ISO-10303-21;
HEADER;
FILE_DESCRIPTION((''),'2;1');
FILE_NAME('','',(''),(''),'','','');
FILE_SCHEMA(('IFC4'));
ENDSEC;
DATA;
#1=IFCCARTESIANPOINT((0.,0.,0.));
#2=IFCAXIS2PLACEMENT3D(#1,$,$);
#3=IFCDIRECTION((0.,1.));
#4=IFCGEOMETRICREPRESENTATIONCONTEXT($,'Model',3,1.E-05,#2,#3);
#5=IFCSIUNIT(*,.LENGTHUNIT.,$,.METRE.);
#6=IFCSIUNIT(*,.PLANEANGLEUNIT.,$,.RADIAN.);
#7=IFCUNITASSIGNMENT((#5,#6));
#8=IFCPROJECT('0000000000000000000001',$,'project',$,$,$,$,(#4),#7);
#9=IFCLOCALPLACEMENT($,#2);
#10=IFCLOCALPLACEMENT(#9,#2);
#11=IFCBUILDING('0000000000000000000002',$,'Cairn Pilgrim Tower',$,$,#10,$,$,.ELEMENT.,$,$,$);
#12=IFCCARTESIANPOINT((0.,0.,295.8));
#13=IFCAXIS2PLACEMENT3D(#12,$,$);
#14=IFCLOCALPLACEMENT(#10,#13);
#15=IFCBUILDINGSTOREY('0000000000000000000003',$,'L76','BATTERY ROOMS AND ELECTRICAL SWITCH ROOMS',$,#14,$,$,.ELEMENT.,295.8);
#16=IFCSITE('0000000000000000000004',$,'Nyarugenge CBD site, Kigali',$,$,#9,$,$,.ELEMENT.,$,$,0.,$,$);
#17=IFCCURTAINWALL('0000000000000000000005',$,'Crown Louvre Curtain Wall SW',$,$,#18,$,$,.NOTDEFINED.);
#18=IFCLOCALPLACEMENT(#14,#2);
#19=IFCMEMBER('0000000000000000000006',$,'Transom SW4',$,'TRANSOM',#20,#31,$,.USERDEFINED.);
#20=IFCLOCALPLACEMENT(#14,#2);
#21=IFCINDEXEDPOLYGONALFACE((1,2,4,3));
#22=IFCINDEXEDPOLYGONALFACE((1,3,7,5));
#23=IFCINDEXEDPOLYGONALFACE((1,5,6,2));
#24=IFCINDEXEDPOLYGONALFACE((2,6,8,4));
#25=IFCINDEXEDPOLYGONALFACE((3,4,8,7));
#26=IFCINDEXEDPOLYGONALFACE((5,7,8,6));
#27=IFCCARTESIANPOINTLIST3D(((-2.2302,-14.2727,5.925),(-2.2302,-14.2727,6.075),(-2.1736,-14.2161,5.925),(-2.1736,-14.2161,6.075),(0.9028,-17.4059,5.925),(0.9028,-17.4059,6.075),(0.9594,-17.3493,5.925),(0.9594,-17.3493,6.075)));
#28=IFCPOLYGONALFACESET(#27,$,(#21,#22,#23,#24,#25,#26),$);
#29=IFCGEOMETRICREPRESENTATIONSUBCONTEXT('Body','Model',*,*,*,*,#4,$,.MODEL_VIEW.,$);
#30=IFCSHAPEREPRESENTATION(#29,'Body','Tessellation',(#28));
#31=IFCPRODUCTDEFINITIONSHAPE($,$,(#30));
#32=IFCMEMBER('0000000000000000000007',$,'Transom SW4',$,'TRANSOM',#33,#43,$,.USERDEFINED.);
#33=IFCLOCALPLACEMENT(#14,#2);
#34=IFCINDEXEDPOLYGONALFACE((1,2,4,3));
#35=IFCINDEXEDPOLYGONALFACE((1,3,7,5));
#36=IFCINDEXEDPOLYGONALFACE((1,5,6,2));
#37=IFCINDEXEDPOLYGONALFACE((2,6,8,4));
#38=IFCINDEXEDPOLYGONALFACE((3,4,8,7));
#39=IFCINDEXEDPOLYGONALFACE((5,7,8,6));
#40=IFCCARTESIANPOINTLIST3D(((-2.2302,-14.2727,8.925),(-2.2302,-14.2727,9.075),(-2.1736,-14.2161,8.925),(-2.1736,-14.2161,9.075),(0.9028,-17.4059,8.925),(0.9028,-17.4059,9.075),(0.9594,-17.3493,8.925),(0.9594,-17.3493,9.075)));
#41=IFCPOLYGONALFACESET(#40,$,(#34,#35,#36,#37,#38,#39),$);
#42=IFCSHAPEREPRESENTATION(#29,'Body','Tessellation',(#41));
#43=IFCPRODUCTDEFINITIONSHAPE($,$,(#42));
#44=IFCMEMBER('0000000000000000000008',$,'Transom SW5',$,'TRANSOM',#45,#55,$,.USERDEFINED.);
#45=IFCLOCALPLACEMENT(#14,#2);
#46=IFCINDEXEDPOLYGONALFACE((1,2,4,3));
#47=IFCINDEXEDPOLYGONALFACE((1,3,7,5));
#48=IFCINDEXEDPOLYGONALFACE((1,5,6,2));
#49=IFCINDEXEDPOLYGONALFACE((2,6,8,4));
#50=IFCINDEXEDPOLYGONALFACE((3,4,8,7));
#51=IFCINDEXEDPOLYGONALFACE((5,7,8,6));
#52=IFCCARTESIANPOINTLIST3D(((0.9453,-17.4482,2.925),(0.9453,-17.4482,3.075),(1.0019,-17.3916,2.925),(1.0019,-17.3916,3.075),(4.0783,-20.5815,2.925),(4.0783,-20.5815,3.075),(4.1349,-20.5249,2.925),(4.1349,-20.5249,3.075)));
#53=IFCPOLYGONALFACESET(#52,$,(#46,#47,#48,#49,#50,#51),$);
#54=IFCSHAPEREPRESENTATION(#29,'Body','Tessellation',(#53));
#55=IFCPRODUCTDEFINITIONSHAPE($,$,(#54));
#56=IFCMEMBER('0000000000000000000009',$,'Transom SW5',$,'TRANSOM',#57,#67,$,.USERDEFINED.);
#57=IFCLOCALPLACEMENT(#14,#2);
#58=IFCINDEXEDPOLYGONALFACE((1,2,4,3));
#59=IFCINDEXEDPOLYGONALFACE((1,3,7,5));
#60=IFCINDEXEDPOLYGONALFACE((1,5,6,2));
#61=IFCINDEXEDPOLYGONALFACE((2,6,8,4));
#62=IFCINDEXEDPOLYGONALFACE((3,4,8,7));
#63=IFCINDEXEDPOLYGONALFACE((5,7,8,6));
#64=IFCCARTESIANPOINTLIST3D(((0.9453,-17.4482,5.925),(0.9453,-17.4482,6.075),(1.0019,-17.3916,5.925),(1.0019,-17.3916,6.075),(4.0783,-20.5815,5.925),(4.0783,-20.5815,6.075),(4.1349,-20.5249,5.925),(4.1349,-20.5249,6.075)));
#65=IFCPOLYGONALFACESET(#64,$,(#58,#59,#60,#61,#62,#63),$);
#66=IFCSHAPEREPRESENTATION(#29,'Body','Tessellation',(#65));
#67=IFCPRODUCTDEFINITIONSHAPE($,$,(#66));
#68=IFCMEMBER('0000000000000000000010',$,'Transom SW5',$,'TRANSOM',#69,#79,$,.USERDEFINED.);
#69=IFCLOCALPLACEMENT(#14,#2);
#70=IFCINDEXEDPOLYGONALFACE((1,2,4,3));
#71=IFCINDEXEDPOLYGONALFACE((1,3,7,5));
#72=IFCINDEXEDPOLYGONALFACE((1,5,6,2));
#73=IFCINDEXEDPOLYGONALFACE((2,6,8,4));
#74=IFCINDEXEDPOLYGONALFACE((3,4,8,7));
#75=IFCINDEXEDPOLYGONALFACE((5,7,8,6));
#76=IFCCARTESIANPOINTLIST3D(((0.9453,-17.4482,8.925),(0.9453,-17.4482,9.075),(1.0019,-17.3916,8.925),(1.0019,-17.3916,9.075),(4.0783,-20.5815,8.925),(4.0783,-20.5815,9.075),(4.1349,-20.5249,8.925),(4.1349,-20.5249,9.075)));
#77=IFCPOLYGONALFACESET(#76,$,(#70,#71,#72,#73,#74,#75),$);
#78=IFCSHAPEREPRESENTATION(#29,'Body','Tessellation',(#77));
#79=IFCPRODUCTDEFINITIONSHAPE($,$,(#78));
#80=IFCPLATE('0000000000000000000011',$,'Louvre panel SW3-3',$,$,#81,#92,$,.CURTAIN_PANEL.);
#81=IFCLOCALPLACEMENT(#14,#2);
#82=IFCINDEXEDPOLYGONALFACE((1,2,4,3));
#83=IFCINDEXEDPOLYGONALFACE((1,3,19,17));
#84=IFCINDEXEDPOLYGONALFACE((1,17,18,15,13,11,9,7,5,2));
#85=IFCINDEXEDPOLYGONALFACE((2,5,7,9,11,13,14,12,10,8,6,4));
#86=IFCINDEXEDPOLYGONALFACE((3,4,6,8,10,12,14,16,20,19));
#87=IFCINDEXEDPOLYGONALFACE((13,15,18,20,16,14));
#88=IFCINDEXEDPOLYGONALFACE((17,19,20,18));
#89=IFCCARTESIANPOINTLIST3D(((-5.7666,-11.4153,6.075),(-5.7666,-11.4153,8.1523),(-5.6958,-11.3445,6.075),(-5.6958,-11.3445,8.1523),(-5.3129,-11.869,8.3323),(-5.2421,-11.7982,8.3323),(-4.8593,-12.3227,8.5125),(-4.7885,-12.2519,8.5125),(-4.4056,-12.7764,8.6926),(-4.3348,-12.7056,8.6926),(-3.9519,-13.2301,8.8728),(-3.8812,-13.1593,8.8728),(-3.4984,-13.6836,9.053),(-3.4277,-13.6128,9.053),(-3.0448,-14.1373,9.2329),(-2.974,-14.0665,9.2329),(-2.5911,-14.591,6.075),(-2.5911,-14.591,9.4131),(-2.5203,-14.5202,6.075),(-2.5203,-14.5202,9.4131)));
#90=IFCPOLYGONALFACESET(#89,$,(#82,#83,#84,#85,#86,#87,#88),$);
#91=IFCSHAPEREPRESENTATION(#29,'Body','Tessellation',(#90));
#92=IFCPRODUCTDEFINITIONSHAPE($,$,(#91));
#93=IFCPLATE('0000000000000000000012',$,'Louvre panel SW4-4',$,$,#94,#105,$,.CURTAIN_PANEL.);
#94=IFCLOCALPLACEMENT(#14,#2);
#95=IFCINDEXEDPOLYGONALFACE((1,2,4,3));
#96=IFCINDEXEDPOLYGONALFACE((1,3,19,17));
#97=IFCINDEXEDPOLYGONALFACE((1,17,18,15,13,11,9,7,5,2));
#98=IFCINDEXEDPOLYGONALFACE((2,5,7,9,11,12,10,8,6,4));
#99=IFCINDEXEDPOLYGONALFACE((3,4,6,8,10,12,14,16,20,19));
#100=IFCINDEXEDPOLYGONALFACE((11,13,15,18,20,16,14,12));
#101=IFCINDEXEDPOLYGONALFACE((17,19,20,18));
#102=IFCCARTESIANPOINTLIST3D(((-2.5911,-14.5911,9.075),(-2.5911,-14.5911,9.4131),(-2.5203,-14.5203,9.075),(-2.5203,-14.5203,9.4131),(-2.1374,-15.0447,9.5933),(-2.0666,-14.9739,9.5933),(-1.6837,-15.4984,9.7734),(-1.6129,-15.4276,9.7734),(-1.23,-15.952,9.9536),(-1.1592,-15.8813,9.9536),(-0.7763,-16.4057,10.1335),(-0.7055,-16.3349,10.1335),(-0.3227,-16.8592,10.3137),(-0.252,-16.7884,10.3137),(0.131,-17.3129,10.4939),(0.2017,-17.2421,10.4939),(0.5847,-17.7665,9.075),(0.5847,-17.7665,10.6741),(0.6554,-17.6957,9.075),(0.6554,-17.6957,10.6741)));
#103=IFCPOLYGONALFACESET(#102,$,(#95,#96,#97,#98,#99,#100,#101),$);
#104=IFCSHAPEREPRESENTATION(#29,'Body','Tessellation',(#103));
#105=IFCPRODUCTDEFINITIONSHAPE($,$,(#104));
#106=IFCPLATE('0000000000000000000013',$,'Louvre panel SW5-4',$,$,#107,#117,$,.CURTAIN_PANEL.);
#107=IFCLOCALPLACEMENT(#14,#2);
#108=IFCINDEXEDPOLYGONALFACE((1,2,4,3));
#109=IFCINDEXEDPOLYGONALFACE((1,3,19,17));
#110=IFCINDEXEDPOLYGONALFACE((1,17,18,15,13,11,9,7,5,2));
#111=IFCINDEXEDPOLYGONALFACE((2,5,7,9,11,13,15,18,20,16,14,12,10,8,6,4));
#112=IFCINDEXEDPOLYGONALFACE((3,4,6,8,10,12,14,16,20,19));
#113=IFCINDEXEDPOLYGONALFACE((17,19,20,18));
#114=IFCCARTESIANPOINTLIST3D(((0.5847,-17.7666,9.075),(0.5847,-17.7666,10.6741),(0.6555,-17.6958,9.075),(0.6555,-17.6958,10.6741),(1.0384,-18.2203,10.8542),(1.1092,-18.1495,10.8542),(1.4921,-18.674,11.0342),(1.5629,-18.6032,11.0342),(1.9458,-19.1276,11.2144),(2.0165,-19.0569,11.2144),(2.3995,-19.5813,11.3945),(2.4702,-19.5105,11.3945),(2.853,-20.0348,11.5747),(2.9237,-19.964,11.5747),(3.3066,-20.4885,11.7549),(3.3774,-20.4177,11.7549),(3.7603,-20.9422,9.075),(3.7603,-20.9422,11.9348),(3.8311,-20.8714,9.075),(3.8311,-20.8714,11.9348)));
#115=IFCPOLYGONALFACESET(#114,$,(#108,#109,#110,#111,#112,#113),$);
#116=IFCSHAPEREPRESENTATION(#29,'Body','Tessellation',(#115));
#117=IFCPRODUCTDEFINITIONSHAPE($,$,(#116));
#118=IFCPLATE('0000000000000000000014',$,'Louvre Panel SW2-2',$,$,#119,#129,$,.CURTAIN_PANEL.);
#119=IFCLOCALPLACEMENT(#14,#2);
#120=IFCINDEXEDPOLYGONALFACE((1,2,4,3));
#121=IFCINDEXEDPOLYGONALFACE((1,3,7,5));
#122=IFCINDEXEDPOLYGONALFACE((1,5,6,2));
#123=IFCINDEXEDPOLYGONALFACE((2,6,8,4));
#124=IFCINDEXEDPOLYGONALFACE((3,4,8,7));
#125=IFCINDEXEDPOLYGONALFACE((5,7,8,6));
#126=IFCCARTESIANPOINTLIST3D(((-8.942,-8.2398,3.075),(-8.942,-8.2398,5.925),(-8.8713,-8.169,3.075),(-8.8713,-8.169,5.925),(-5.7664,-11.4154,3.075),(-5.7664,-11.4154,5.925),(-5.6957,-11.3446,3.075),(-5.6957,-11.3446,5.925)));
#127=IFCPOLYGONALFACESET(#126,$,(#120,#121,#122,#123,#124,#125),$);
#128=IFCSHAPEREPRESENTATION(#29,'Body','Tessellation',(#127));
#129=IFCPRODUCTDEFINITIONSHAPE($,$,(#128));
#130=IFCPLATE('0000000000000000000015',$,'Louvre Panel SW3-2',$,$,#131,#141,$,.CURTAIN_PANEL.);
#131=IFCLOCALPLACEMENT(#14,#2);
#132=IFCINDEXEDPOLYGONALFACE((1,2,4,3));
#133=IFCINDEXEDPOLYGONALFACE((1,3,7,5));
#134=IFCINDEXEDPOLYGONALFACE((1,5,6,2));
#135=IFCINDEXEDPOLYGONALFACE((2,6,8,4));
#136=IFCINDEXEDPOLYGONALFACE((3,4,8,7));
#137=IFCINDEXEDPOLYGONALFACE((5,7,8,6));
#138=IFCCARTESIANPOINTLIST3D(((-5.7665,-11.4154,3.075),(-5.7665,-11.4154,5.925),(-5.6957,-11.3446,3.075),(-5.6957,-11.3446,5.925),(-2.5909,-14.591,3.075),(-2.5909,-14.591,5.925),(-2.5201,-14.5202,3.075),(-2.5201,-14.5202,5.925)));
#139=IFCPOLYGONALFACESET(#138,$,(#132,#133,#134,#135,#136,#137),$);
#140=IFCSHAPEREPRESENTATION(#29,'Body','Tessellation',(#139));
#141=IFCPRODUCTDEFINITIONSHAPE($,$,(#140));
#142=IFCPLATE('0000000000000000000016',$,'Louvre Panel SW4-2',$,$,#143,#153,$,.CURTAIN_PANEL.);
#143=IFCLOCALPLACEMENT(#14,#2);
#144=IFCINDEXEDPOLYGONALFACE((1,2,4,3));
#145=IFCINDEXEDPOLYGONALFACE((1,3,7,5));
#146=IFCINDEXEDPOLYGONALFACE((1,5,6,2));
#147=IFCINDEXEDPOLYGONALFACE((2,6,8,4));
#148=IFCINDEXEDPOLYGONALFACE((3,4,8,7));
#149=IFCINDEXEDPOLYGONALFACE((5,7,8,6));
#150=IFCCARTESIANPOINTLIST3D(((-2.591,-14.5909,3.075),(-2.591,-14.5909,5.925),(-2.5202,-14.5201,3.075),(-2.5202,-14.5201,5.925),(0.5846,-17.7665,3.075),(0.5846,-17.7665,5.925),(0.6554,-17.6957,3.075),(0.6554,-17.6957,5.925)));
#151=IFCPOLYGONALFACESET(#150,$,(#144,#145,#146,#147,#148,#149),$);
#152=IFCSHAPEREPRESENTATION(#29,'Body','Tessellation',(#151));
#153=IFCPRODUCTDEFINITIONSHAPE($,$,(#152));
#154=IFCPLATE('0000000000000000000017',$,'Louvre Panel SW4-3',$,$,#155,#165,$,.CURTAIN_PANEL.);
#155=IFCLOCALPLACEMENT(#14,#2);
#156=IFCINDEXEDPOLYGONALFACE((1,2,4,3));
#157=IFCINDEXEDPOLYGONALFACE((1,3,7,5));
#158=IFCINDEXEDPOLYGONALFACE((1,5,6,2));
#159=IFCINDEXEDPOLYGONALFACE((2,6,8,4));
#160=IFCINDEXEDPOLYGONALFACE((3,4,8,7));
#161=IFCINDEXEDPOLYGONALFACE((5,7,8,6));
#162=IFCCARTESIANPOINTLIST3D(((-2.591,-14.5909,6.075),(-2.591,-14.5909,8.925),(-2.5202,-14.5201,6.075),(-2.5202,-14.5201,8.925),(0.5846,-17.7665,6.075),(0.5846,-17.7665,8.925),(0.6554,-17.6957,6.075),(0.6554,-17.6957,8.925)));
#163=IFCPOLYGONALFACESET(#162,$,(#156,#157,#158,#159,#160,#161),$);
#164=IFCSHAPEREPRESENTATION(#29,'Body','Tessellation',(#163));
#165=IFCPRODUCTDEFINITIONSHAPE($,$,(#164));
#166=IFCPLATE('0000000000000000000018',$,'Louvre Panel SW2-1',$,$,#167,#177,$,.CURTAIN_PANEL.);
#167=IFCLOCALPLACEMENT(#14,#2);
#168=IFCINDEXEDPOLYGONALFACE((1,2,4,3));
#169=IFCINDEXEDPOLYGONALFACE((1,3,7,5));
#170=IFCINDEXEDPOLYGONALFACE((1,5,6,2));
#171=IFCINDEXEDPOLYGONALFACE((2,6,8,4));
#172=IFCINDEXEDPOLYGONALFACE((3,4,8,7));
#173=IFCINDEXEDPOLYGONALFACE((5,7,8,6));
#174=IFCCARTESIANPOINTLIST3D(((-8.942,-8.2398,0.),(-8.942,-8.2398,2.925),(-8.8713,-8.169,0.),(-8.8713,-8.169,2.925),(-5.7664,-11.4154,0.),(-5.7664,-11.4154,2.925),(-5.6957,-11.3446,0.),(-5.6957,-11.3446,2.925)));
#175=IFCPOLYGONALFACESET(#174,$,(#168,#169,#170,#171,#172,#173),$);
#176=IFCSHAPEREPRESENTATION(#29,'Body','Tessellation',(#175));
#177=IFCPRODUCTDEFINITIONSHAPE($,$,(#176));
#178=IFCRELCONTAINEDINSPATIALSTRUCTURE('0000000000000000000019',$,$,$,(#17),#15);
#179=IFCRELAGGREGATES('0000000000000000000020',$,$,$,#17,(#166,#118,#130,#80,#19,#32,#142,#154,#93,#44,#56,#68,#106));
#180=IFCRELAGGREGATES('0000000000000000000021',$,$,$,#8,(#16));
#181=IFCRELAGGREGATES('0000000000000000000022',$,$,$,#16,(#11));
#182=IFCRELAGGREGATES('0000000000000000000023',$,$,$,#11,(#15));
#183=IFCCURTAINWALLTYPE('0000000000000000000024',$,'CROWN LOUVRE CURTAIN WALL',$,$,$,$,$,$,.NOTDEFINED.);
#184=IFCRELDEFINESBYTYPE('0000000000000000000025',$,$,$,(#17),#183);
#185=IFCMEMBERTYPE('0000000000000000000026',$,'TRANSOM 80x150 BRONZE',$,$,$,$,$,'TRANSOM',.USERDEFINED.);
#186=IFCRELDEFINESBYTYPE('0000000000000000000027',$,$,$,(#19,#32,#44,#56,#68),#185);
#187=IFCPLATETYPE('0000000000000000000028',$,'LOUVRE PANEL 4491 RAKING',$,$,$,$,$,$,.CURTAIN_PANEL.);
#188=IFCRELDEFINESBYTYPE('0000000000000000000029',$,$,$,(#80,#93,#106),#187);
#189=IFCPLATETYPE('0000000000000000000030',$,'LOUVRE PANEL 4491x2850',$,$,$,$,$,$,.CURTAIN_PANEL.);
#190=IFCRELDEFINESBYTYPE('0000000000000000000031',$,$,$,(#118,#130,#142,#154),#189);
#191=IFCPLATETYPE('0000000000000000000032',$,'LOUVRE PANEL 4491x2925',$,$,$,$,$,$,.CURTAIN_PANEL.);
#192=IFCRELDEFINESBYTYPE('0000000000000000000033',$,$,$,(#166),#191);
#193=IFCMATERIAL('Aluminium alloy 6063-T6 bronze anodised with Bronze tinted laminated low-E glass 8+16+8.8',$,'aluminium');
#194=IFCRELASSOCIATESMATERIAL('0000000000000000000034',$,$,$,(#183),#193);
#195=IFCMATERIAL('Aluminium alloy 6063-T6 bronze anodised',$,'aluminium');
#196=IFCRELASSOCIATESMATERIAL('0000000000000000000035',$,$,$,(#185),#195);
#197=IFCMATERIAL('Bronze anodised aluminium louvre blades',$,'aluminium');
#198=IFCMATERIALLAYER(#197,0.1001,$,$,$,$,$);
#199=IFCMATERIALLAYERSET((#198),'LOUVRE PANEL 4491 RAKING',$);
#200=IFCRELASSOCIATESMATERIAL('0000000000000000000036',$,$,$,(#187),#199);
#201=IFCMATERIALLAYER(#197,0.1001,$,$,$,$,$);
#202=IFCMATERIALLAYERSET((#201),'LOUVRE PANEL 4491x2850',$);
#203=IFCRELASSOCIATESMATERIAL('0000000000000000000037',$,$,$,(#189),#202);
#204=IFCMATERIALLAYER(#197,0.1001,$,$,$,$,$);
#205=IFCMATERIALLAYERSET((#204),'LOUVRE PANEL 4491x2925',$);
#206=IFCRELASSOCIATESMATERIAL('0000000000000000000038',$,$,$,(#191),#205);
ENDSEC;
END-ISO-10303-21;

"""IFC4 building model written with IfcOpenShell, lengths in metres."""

from ifc_helpers import new_model, si_unit, direction, frame, origin, origin_2d, place, context, subcontext, project, spatial, polyline, rectangle, outline, extrude, material, layer, layer_set, material_profile, profile_set, type_object, element, aggregate, save


model = new_model("IFC4")

# Units and contexts
model_context = context("Model", 3, precision=1e-05, world=origin(), true_north=direction((0.0, 1.0)))
body_context = subcontext(model_context, "Body", "Model", "MODEL_VIEW")
ifc_project = project(units=[si_unit("LENGTHUNIT", "METRE"), si_unit("PLANEANGLEUNIT", "RADIAN")], contexts=[model_context])

# Site, building, storey
site_placement = place(None, origin())
site = spatial("IfcSite", under=ifc_project, at=site_placement, Name="Nyarugenge CBD site, Kigali", CompositionType="ELEMENT", RefElevation=0.0)
building_placement = place(site_placement, origin())
building = spatial("IfcBuilding", under=site, at=building_placement, Name="Cairn Pilgrim Tower", CompositionType="ELEMENT")
storey_placement = place(building_placement, frame((0.0, 0.0, 295.8)))
storey = spatial("IfcBuildingStorey", under=building, at=storey_placement, Name="L76", Description="BATTERY ROOMS AND ELECTRICAL SWITCH ROOMS", CompositionType="ELEMENT", Elevation=295.8)

# Curtain wall
ifc_material_1 = material(Name="Aluminium alloy 6063-T6 bronze anodised with Bronze tinted laminated low-E glass 8+16+8.8", Category="aluminium")
curtain_wall_type = type_object("IfcCurtainWallType", Name="CROWN LOUVRE CURTAIN WALL", PredefinedType="NOTDEFINED", material=ifc_material_1)
curtain_wall_placement = place(storey_placement, origin())
curtain_wall = element("IfcCurtainWall", 1, at=curtain_wall_placement, inside=storey, type_object=curtain_wall_type, Name="Crown Louvre Curtain Wall SW", PredefinedType="NOTDEFINED")
ifc_material_2 = material(Name="Aluminium alloy 6063-T6 bronze anodised", Category="aluminium")

# Members
ifc_material_profile_1 = material_profile(ifc_material_2, rectangle(XDim=0.0801, YDim=0.1499, at=origin_2d()), Name="TRANSOM 80x150 BRONZE")
ifc_profile_set_1 = profile_set([ifc_material_profile_1], Name="Aluminium alloy 6063-T6 bronze anodised")
member_type_1 = type_object("IfcMemberType", Name="TRANSOM 80x150 BRONZE", ElementType="TRANSOM", PredefinedType="USERDEFINED", material=ifc_profile_set_1)
member_1_placement = place(storey_placement, frame((-2.2019, -14.2444, 6.0), z_axis=(0.707079, -0.707134, 0.0), x_axis=(0.707134, 0.707079, 0.0)))
member_1 = element("IfcMember", 2, at=member_1_placement, type_object=member_type_1, Name="Transom SW4", ObjectType="TRANSOM", PredefinedType="USERDEFINED", context=body_context, shape_type="SweptSolid", body=[
    extrude(rectangle(XDim=0.0801, YDim=0.1499, at=origin_2d()), origin(), (0.0, 0.0, 1.0), 4.4309),
])
member_2_placement = place(storey_placement, frame((-2.2019, -14.2444, 9.0), z_axis=(0.707079, -0.707134, 0.0), x_axis=(0.707134, 0.707079, 0.0)))
member_2 = element("IfcMember", 3, at=member_2_placement, type_object=member_type_1, Name="Transom SW4", ObjectType="TRANSOM", PredefinedType="USERDEFINED", context=body_context, shape_type="SweptSolid", body=[
    extrude(rectangle(XDim=0.0801, YDim=0.1499, at=origin_2d()), origin(), (0.0, 0.0, 1.0), 4.4309),
])
member_3_placement = place(storey_placement, frame((0.9736, -17.4199, 3.0), z_axis=(0.707079, -0.707134, 0.0), x_axis=(0.707134, 0.707079, 0.0)))
member_3 = element("IfcMember", 4, at=member_3_placement, type_object=member_type_1, Name="Transom SW5", ObjectType="TRANSOM", PredefinedType="USERDEFINED", context=body_context, shape_type="SweptSolid", body=[
    extrude(rectangle(XDim=0.0801, YDim=0.1499, at=origin_2d()), origin(), (0.0, 0.0, 1.0), 4.4309),
])
member_4_placement = place(storey_placement, frame((0.9736, -17.4199, 6.0), z_axis=(0.707079, -0.707134, 0.0), x_axis=(0.707134, 0.707079, 0.0)))
member_4 = element("IfcMember", 5, at=member_4_placement, type_object=member_type_1, Name="Transom SW5", ObjectType="TRANSOM", PredefinedType="USERDEFINED", context=body_context, shape_type="SweptSolid", body=[
    extrude(rectangle(XDim=0.0801, YDim=0.1499, at=origin_2d()), origin(), (0.0, 0.0, 1.0), 4.4309),
])
member_5_placement = place(storey_placement, frame((0.9736, -17.4199, 9.0), z_axis=(0.707079, -0.707134, 0.0), x_axis=(0.707134, 0.707079, 0.0)))
member_5 = element("IfcMember", 6, at=member_5_placement, type_object=member_type_1, Name="Transom SW5", ObjectType="TRANSOM", PredefinedType="USERDEFINED", context=body_context, shape_type="SweptSolid", body=[
    extrude(rectangle(XDim=0.0801, YDim=0.1499, at=origin_2d()), origin(), (0.0, 0.0, 1.0), 4.4309),
])

# Plates
ifc_material_3 = material(Name="Bronze anodised aluminium louvre blades", Category="aluminium")
ifc_layer_1 = layer(ifc_material_3, 0.1001)
ifc_layer_set_1 = layer_set([ifc_layer_1], Name="LOUVRE PANEL 4491 RAKING")
plate_type_1 = type_object("IfcPlateType", Name="LOUVRE PANEL 4491 RAKING", PredefinedType="CURTAIN_PANEL", material=ifc_layer_set_1)
plate_1_placement = place(storey_placement, frame((-5.7312, -11.3799, 6.075), z_axis=(0.0, 0.0, 1.0), x_axis=(0.70708, -0.707134, 0.0)))
plate_1 = element("IfcPlate", 7, at=plate_1_placement, type_object=plate_type_1, Name="Louvre panel SW3-3", PredefinedType="CURTAIN_PANEL", context=body_context, shape_type="SweptSolid", body=[
    extrude(outline(polyline([(0.0, 0.0), (4.491, 0.0), (4.491, 3.3381), (3.8494, 3.158), (3.2078, 2.978), (2.5664, 2.7979), (1.9248, 2.6177), (1.2832, 2.4375), (0.6416, 2.2573), (0.0, 2.0774), (0.0, 0.0)])), frame((0.0, 0.05, 0.0), z_axis=(0.0, -1.0, 0.0), x_axis=(1.0, 0.0, 0.0)), (0.0, 0.0, 1.0), 0.1001),
])
plate_2_placement = place(storey_placement, frame((-2.5557, -14.5557, 9.075), z_axis=(0.0, 0.0, 1.0), x_axis=(0.707134, -0.70708, 0.0)))
plate_2 = element("IfcPlate", 8, at=plate_2_placement, type_object=plate_type_1, Name="Louvre panel SW4-4", PredefinedType="CURTAIN_PANEL", context=body_context, shape_type="SweptSolid", body=[
    extrude(outline(polyline([(0.0, 0.0), (4.491, 0.0), (4.491, 1.5991), (3.8494, 1.4189), (3.2078, 1.2388), (2.5664, 1.0586), (1.9248, 0.8787), (1.2832, 0.6985), (0.6416, 0.5183), (0.0, 0.3381), (0.0, 0.0)])), frame((0.0, 0.05, 0.0), z_axis=(0.0, -1.0, 0.0), x_axis=(1.0, 0.0, 0.0)), (0.0, 0.0, 1.0), 0.1001),
])
plate_3_placement = place(storey_placement, frame((0.6201, -17.7312, 9.075), z_axis=(0.0, 0.0, 1.0), x_axis=(0.707107, -0.707107, 0.0)))
plate_3 = element("IfcPlate", 9, at=plate_3_placement, type_object=plate_type_1, Name="Louvre panel SW5-4", PredefinedType="CURTAIN_PANEL", context=body_context, shape_type="SweptSolid", body=[
    extrude(outline(polyline([(0.0, 0.0), (4.491, 0.0), (4.491, 2.8599), (3.8494, 2.6799), (3.2078, 2.4998), (2.5664, 2.3196), (1.9248, 2.1394), (1.2832, 1.9592), (0.6416, 1.7793), (0.0, 1.5991), (0.0, 0.0)])), frame((0.0, 0.05, 0.0), z_axis=(0.0, -1.0, 0.0), x_axis=(1.0, 0.0, 0.0)), (0.0, 0.0, 1.0), 0.1001),
])
ifc_layer_2 = layer(ifc_material_3, 0.1001)
ifc_layer_set_2 = layer_set([ifc_layer_2], Name="LOUVRE PANEL 4491x2850")
plate_type_2 = type_object("IfcPlateType", Name="LOUVRE PANEL 4491x2850", PredefinedType="CURTAIN_PANEL", material=ifc_layer_set_2)
plate_4_placement = place(storey_placement, frame((-7.3188, -9.7922, 3.075), z_axis=(0.0, 0.0, 1.0), x_axis=(0.707107, -0.707107, 0.0)))
plate_4 = element("IfcPlate", 10, at=plate_4_placement, type_object=plate_type_2, Name="Louvre Panel SW2-2", PredefinedType="CURTAIN_PANEL", context=body_context, shape_type="SweptSolid", body=[
    extrude(rectangle(XDim=4.491, YDim=0.1001, at=origin_2d()), origin(), (0.0, 0.0, 1.0), 2.8501),
])
plate_5_placement = place(storey_placement, frame((-4.1433, -12.9678, 3.075), z_axis=(0.0, 0.0, 1.0), x_axis=(0.707107, -0.707107, 0.0)))
plate_5 = element("IfcPlate", 11, at=plate_5_placement, type_object=plate_type_2, Name="Louvre Panel SW3-2", PredefinedType="CURTAIN_PANEL", context=body_context, shape_type="SweptSolid", body=[
    extrude(rectangle(XDim=4.491, YDim=0.1001, at=origin_2d()), origin(), (0.0, 0.0, 1.0), 2.8501),
])
plate_6_placement = place(storey_placement, frame((-0.9678, -16.1433, 3.075), z_axis=(0.0, 0.0, 1.0), x_axis=(0.707107, -0.707107, 0.0)))
plate_6 = element("IfcPlate", 12, at=plate_6_placement, type_object=plate_type_2, Name="Louvre Panel SW4-2", PredefinedType="CURTAIN_PANEL", context=body_context, shape_type="SweptSolid", body=[
    extrude(rectangle(XDim=4.491, YDim=0.1001, at=origin_2d()), origin(), (0.0, 0.0, 1.0), 2.8501),
])
plate_7_placement = place(storey_placement, frame((-0.9678, -16.1433, 6.075), z_axis=(0.0, 0.0, 1.0), x_axis=(0.707107, -0.707107, 0.0)))
plate_7 = element("IfcPlate", 13, at=plate_7_placement, type_object=plate_type_2, Name="Louvre Panel SW4-3", PredefinedType="CURTAIN_PANEL", context=body_context, shape_type="SweptSolid", body=[
    extrude(rectangle(XDim=4.491, YDim=0.1001, at=origin_2d()), origin(), (0.0, 0.0, 1.0), 2.8501),
])
ifc_layer_3 = layer(ifc_material_3, 0.1001)
ifc_layer_set_3 = layer_set([ifc_layer_3], Name="LOUVRE PANEL 4491x2925")
plate_type_3 = type_object("IfcPlateType", Name="LOUVRE PANEL 4491x2925", PredefinedType="CURTAIN_PANEL", material=ifc_layer_set_3)
plate_8_placement = place(storey_placement, frame((-7.3188, -9.7922, 0.0), z_axis=(0.0, 0.0, 1.0), x_axis=(0.707107, -0.707107, 0.0)))
plate_8 = element("IfcPlate", 14, at=plate_8_placement, type_object=plate_type_3, Name="Louvre Panel SW2-1", PredefinedType="CURTAIN_PANEL", context=body_context, shape_type="SweptSolid", body=[
    extrude(rectangle(XDim=4.491, YDim=0.1001, at=origin_2d()), origin(), (0.0, 0.0, 1.0), 2.925),
])
aggregate(curtain_wall, [plate_8, plate_4, plate_5, plate_1, member_1, member_2, plate_6, plate_7, plate_2, member_3, member_4, member_5, plate_3])

save(model, "model.ifc")
